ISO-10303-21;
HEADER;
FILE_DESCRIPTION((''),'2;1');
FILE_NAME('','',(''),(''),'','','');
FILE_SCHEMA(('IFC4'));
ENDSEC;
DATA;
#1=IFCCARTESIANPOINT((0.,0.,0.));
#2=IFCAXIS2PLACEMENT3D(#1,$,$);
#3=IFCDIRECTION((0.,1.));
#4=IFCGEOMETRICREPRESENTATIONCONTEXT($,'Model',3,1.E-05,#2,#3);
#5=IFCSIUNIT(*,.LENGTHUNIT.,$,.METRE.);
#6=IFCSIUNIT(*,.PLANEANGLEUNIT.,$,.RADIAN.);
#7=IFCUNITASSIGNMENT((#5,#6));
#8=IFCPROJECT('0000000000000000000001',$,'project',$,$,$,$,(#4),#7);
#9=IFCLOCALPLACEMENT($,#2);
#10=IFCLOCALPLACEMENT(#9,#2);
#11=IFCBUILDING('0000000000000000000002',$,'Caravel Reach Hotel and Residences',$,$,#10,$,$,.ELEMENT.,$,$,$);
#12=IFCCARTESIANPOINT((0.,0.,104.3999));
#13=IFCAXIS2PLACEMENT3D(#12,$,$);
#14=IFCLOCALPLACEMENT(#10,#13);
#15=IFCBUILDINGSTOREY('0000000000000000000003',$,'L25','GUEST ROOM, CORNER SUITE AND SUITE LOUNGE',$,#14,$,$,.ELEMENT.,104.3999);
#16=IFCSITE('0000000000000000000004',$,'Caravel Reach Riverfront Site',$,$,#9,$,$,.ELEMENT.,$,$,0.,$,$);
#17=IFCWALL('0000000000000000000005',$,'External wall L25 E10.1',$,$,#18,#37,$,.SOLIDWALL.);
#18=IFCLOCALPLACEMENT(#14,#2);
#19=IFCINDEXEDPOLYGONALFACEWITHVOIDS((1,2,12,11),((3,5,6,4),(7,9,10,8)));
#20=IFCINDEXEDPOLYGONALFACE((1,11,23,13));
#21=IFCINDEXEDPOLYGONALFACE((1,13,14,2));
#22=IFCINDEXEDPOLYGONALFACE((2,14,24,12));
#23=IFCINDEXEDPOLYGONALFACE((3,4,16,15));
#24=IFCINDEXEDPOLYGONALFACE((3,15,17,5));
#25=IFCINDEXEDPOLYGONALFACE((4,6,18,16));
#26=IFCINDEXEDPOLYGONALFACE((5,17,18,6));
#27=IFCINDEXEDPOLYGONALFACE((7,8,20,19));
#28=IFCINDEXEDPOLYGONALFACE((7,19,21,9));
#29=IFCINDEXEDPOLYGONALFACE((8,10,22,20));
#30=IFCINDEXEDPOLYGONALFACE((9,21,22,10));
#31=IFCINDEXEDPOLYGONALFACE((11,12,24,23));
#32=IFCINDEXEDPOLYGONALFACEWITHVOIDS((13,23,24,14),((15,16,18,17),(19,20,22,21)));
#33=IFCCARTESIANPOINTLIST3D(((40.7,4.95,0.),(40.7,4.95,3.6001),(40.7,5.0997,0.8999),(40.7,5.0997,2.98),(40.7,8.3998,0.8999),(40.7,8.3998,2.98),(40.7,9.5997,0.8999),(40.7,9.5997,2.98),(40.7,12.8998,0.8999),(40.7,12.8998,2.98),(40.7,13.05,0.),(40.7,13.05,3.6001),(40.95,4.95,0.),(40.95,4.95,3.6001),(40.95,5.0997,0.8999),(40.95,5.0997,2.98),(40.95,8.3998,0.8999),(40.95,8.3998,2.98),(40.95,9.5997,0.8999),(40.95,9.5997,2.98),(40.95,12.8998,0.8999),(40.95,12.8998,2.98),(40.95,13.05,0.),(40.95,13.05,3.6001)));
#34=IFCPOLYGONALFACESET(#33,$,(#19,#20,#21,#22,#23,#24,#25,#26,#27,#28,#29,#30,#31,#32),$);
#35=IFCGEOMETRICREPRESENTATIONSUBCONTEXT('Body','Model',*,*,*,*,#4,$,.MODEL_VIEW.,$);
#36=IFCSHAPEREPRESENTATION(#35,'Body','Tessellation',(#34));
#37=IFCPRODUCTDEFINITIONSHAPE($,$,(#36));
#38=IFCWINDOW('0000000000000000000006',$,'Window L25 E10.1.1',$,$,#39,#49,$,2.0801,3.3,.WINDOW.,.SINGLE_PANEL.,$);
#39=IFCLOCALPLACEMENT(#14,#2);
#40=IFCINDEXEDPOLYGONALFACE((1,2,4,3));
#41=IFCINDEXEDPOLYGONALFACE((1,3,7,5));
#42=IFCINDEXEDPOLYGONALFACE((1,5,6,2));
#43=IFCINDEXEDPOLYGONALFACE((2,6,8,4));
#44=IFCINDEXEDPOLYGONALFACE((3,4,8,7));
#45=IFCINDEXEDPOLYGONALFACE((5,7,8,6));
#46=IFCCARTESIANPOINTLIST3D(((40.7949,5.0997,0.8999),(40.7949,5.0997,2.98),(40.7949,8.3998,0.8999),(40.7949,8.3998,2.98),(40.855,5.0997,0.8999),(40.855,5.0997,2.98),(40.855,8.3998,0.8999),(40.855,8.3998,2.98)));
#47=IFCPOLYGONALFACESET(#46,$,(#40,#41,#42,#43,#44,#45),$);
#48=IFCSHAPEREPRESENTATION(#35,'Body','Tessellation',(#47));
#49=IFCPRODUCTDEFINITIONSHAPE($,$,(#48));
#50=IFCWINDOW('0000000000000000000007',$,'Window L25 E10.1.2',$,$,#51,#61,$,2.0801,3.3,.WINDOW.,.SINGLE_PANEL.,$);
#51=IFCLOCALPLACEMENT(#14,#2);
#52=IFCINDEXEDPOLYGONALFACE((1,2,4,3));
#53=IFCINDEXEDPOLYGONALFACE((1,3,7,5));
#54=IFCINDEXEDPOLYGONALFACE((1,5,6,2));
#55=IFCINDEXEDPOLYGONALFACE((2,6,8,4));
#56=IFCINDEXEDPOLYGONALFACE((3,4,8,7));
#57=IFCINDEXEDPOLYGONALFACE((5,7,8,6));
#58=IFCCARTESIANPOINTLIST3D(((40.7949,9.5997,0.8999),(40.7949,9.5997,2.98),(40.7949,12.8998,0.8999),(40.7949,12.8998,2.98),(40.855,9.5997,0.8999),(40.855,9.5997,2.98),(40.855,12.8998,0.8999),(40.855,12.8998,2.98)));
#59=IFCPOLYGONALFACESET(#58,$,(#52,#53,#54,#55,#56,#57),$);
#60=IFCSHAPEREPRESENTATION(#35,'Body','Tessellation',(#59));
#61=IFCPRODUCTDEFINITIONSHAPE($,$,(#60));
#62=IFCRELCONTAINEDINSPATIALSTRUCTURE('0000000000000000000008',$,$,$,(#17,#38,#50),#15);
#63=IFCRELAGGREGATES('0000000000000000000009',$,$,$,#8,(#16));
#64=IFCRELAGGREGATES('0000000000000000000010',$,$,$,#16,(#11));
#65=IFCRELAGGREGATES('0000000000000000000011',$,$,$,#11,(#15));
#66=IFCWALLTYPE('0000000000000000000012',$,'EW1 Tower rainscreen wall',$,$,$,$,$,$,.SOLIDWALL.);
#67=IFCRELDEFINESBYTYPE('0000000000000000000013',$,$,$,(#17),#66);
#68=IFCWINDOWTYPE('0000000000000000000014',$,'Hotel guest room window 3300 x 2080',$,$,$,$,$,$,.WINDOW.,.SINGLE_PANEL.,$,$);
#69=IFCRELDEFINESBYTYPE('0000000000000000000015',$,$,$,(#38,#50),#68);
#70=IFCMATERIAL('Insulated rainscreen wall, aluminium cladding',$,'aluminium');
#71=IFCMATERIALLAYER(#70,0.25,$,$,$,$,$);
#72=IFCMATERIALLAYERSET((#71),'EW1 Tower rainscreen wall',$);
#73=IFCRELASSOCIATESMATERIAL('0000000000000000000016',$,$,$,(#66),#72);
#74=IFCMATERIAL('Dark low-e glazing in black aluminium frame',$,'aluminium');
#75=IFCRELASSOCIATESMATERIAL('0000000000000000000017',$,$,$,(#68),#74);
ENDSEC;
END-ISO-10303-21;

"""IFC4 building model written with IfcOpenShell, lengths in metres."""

from ifc_helpers import new_model, si_unit, direction, frame, frame_2d, origin, place, context, subcontext, project, spatial, rectangle, extrude, material, layer, layer_set, type_object, element, fill, save


model = new_model("IFC4")

# Units and contexts
model_context = context("Model", 3, precision=1e-05, world=origin(), true_north=direction((0.0, 1.0)))
body_context = subcontext(model_context, "Body", "Model", "MODEL_VIEW")
ifc_project = project(units=[si_unit("LENGTHUNIT", "METRE"), si_unit("PLANEANGLEUNIT", "RADIAN")], contexts=[model_context])

# Site, building, storey
site_placement = place(None, origin())
site = spatial("IfcSite", under=ifc_project, at=site_placement, Name="Caravel Reach Riverfront Site", CompositionType="ELEMENT", RefElevation=0.0)
building_placement = place(site_placement, origin())
building = spatial("IfcBuilding", under=site, at=building_placement, Name="Caravel Reach Hotel and Residences", CompositionType="ELEMENT")
storey_placement = place(building_placement, frame((0.0, 0.0, 104.3999)))
storey = spatial("IfcBuildingStorey", under=building, at=storey_placement, Name="L25", Description="GUEST ROOM, CORNER SUITE AND SUITE LOUNGE", CompositionType="ELEMENT", Elevation=104.3999)

# Shared definitions
ifc_material_1 = material(Name="Insulated rainscreen wall, aluminium cladding", Category="aluminium")
ifc_layer = layer(ifc_material_1, 0.25)
ifc_layer_set = layer_set([ifc_layer], Name="EW1 Tower rainscreen wall")
wall_type = type_object("IfcWallType", Name="EW1 Tower rainscreen wall", PredefinedType="SOLIDWALL", material=ifc_layer_set)

# Wall, openings, windows
wall_1_placement = place(storey_placement, frame((40.825, 4.95, 0.0), z_axis=(0.0, 0.0, 1.0), x_axis=(0.0, 1.0, 0.0)))
wall_1 = element("IfcWall", 1, at=wall_1_placement, inside=storey, type_object=wall_type, Name="External wall L25 E10.1", PredefinedType="SOLIDWALL", context=body_context, shape_type="SweptSolid", body=[
    extrude(rectangle(XDim=8.1001, YDim=0.25, at=frame_2d((4.05, 0.0))), origin(), (0.0, 0.0, 1.0), 3.6001),
])
opening_1_placement = place(wall_1_placement, frame((0.1499, 0.0, 0.8999)))
opening_1 = element("IfcOpeningElement", 2, at=opening_1_placement, cuts=wall_1, PredefinedType="OPENING", context=body_context, shape_type="SweptSolid", body=[
    extrude(rectangle(XDim=3.3, YDim=2.0801, at=frame_2d((1.6499, 1.04))), frame((0.0, 0.135, 0.0), z_axis=(0.0, -1.0, 0.0), x_axis=(1.0, 0.0, 0.0)), (0.0, 0.0, 1.0), 0.27),
])
opening_2_placement = place(wall_1_placement, frame((4.6499, 0.0, 0.8999)))
opening_2 = element("IfcOpeningElement", 3, at=opening_2_placement, cuts=wall_1, PredefinedType="OPENING", context=body_context, shape_type="SweptSolid", body=[
    extrude(rectangle(XDim=3.3, YDim=2.0801, at=frame_2d((1.6499, 1.04))), frame((0.0, 0.135, 0.0), z_axis=(0.0, -1.0, 0.0), x_axis=(1.0, 0.0, 0.0)), (0.0, 0.0, 1.0), 0.27),
])
ifc_material_2 = material(Name="Dark low-e glazing in black aluminium frame", Category="aluminium")
window_type_1 = type_object("IfcWindowType", Name="Hotel guest room window 3300 x 2080", PartitioningType="SINGLE_PANEL", PredefinedType="WINDOW", material=ifc_material_2)
window_1_placement = place(opening_1_placement, origin())
window_1 = element("IfcWindow", 4, at=window_1_placement, inside=storey, type_object=window_type_1, Name="Window L25 E10.1.1", OverallHeight=2.0801, OverallWidth=3.3, PartitioningType="SINGLE_PANEL", PredefinedType="WINDOW", context=body_context, shape_type="SweptSolid", body=[
    extrude(rectangle(XDim=3.3, YDim=2.0801, at=frame_2d((1.6499, 1.04))), frame((0.0, 0.03, 0.0), z_axis=(0.0, -1.0, 0.0), x_axis=(1.0, 0.0, 0.0)), (0.0, 0.0, 1.0), 0.0601),
])
fill(opening_1, window_1)
window_2_placement = place(opening_2_placement, origin())
window_2 = element("IfcWindow", 5, at=window_2_placement, inside=storey, type_object=window_type_1, Name="Window L25 E10.1.2", OverallHeight=2.0801, OverallWidth=3.3, PartitioningType="SINGLE_PANEL", PredefinedType="WINDOW", context=body_context, shape_type="SweptSolid", body=[
    extrude(rectangle(XDim=3.3, YDim=2.0801, at=frame_2d((1.6499, 1.04))), frame((0.0, 0.03, 0.0), z_axis=(0.0, -1.0, 0.0), x_axis=(1.0, 0.0, 0.0)), (0.0, 0.0, 1.0), 0.0601),
])
fill(opening_2, window_2)

save(model, "model.ifc")
